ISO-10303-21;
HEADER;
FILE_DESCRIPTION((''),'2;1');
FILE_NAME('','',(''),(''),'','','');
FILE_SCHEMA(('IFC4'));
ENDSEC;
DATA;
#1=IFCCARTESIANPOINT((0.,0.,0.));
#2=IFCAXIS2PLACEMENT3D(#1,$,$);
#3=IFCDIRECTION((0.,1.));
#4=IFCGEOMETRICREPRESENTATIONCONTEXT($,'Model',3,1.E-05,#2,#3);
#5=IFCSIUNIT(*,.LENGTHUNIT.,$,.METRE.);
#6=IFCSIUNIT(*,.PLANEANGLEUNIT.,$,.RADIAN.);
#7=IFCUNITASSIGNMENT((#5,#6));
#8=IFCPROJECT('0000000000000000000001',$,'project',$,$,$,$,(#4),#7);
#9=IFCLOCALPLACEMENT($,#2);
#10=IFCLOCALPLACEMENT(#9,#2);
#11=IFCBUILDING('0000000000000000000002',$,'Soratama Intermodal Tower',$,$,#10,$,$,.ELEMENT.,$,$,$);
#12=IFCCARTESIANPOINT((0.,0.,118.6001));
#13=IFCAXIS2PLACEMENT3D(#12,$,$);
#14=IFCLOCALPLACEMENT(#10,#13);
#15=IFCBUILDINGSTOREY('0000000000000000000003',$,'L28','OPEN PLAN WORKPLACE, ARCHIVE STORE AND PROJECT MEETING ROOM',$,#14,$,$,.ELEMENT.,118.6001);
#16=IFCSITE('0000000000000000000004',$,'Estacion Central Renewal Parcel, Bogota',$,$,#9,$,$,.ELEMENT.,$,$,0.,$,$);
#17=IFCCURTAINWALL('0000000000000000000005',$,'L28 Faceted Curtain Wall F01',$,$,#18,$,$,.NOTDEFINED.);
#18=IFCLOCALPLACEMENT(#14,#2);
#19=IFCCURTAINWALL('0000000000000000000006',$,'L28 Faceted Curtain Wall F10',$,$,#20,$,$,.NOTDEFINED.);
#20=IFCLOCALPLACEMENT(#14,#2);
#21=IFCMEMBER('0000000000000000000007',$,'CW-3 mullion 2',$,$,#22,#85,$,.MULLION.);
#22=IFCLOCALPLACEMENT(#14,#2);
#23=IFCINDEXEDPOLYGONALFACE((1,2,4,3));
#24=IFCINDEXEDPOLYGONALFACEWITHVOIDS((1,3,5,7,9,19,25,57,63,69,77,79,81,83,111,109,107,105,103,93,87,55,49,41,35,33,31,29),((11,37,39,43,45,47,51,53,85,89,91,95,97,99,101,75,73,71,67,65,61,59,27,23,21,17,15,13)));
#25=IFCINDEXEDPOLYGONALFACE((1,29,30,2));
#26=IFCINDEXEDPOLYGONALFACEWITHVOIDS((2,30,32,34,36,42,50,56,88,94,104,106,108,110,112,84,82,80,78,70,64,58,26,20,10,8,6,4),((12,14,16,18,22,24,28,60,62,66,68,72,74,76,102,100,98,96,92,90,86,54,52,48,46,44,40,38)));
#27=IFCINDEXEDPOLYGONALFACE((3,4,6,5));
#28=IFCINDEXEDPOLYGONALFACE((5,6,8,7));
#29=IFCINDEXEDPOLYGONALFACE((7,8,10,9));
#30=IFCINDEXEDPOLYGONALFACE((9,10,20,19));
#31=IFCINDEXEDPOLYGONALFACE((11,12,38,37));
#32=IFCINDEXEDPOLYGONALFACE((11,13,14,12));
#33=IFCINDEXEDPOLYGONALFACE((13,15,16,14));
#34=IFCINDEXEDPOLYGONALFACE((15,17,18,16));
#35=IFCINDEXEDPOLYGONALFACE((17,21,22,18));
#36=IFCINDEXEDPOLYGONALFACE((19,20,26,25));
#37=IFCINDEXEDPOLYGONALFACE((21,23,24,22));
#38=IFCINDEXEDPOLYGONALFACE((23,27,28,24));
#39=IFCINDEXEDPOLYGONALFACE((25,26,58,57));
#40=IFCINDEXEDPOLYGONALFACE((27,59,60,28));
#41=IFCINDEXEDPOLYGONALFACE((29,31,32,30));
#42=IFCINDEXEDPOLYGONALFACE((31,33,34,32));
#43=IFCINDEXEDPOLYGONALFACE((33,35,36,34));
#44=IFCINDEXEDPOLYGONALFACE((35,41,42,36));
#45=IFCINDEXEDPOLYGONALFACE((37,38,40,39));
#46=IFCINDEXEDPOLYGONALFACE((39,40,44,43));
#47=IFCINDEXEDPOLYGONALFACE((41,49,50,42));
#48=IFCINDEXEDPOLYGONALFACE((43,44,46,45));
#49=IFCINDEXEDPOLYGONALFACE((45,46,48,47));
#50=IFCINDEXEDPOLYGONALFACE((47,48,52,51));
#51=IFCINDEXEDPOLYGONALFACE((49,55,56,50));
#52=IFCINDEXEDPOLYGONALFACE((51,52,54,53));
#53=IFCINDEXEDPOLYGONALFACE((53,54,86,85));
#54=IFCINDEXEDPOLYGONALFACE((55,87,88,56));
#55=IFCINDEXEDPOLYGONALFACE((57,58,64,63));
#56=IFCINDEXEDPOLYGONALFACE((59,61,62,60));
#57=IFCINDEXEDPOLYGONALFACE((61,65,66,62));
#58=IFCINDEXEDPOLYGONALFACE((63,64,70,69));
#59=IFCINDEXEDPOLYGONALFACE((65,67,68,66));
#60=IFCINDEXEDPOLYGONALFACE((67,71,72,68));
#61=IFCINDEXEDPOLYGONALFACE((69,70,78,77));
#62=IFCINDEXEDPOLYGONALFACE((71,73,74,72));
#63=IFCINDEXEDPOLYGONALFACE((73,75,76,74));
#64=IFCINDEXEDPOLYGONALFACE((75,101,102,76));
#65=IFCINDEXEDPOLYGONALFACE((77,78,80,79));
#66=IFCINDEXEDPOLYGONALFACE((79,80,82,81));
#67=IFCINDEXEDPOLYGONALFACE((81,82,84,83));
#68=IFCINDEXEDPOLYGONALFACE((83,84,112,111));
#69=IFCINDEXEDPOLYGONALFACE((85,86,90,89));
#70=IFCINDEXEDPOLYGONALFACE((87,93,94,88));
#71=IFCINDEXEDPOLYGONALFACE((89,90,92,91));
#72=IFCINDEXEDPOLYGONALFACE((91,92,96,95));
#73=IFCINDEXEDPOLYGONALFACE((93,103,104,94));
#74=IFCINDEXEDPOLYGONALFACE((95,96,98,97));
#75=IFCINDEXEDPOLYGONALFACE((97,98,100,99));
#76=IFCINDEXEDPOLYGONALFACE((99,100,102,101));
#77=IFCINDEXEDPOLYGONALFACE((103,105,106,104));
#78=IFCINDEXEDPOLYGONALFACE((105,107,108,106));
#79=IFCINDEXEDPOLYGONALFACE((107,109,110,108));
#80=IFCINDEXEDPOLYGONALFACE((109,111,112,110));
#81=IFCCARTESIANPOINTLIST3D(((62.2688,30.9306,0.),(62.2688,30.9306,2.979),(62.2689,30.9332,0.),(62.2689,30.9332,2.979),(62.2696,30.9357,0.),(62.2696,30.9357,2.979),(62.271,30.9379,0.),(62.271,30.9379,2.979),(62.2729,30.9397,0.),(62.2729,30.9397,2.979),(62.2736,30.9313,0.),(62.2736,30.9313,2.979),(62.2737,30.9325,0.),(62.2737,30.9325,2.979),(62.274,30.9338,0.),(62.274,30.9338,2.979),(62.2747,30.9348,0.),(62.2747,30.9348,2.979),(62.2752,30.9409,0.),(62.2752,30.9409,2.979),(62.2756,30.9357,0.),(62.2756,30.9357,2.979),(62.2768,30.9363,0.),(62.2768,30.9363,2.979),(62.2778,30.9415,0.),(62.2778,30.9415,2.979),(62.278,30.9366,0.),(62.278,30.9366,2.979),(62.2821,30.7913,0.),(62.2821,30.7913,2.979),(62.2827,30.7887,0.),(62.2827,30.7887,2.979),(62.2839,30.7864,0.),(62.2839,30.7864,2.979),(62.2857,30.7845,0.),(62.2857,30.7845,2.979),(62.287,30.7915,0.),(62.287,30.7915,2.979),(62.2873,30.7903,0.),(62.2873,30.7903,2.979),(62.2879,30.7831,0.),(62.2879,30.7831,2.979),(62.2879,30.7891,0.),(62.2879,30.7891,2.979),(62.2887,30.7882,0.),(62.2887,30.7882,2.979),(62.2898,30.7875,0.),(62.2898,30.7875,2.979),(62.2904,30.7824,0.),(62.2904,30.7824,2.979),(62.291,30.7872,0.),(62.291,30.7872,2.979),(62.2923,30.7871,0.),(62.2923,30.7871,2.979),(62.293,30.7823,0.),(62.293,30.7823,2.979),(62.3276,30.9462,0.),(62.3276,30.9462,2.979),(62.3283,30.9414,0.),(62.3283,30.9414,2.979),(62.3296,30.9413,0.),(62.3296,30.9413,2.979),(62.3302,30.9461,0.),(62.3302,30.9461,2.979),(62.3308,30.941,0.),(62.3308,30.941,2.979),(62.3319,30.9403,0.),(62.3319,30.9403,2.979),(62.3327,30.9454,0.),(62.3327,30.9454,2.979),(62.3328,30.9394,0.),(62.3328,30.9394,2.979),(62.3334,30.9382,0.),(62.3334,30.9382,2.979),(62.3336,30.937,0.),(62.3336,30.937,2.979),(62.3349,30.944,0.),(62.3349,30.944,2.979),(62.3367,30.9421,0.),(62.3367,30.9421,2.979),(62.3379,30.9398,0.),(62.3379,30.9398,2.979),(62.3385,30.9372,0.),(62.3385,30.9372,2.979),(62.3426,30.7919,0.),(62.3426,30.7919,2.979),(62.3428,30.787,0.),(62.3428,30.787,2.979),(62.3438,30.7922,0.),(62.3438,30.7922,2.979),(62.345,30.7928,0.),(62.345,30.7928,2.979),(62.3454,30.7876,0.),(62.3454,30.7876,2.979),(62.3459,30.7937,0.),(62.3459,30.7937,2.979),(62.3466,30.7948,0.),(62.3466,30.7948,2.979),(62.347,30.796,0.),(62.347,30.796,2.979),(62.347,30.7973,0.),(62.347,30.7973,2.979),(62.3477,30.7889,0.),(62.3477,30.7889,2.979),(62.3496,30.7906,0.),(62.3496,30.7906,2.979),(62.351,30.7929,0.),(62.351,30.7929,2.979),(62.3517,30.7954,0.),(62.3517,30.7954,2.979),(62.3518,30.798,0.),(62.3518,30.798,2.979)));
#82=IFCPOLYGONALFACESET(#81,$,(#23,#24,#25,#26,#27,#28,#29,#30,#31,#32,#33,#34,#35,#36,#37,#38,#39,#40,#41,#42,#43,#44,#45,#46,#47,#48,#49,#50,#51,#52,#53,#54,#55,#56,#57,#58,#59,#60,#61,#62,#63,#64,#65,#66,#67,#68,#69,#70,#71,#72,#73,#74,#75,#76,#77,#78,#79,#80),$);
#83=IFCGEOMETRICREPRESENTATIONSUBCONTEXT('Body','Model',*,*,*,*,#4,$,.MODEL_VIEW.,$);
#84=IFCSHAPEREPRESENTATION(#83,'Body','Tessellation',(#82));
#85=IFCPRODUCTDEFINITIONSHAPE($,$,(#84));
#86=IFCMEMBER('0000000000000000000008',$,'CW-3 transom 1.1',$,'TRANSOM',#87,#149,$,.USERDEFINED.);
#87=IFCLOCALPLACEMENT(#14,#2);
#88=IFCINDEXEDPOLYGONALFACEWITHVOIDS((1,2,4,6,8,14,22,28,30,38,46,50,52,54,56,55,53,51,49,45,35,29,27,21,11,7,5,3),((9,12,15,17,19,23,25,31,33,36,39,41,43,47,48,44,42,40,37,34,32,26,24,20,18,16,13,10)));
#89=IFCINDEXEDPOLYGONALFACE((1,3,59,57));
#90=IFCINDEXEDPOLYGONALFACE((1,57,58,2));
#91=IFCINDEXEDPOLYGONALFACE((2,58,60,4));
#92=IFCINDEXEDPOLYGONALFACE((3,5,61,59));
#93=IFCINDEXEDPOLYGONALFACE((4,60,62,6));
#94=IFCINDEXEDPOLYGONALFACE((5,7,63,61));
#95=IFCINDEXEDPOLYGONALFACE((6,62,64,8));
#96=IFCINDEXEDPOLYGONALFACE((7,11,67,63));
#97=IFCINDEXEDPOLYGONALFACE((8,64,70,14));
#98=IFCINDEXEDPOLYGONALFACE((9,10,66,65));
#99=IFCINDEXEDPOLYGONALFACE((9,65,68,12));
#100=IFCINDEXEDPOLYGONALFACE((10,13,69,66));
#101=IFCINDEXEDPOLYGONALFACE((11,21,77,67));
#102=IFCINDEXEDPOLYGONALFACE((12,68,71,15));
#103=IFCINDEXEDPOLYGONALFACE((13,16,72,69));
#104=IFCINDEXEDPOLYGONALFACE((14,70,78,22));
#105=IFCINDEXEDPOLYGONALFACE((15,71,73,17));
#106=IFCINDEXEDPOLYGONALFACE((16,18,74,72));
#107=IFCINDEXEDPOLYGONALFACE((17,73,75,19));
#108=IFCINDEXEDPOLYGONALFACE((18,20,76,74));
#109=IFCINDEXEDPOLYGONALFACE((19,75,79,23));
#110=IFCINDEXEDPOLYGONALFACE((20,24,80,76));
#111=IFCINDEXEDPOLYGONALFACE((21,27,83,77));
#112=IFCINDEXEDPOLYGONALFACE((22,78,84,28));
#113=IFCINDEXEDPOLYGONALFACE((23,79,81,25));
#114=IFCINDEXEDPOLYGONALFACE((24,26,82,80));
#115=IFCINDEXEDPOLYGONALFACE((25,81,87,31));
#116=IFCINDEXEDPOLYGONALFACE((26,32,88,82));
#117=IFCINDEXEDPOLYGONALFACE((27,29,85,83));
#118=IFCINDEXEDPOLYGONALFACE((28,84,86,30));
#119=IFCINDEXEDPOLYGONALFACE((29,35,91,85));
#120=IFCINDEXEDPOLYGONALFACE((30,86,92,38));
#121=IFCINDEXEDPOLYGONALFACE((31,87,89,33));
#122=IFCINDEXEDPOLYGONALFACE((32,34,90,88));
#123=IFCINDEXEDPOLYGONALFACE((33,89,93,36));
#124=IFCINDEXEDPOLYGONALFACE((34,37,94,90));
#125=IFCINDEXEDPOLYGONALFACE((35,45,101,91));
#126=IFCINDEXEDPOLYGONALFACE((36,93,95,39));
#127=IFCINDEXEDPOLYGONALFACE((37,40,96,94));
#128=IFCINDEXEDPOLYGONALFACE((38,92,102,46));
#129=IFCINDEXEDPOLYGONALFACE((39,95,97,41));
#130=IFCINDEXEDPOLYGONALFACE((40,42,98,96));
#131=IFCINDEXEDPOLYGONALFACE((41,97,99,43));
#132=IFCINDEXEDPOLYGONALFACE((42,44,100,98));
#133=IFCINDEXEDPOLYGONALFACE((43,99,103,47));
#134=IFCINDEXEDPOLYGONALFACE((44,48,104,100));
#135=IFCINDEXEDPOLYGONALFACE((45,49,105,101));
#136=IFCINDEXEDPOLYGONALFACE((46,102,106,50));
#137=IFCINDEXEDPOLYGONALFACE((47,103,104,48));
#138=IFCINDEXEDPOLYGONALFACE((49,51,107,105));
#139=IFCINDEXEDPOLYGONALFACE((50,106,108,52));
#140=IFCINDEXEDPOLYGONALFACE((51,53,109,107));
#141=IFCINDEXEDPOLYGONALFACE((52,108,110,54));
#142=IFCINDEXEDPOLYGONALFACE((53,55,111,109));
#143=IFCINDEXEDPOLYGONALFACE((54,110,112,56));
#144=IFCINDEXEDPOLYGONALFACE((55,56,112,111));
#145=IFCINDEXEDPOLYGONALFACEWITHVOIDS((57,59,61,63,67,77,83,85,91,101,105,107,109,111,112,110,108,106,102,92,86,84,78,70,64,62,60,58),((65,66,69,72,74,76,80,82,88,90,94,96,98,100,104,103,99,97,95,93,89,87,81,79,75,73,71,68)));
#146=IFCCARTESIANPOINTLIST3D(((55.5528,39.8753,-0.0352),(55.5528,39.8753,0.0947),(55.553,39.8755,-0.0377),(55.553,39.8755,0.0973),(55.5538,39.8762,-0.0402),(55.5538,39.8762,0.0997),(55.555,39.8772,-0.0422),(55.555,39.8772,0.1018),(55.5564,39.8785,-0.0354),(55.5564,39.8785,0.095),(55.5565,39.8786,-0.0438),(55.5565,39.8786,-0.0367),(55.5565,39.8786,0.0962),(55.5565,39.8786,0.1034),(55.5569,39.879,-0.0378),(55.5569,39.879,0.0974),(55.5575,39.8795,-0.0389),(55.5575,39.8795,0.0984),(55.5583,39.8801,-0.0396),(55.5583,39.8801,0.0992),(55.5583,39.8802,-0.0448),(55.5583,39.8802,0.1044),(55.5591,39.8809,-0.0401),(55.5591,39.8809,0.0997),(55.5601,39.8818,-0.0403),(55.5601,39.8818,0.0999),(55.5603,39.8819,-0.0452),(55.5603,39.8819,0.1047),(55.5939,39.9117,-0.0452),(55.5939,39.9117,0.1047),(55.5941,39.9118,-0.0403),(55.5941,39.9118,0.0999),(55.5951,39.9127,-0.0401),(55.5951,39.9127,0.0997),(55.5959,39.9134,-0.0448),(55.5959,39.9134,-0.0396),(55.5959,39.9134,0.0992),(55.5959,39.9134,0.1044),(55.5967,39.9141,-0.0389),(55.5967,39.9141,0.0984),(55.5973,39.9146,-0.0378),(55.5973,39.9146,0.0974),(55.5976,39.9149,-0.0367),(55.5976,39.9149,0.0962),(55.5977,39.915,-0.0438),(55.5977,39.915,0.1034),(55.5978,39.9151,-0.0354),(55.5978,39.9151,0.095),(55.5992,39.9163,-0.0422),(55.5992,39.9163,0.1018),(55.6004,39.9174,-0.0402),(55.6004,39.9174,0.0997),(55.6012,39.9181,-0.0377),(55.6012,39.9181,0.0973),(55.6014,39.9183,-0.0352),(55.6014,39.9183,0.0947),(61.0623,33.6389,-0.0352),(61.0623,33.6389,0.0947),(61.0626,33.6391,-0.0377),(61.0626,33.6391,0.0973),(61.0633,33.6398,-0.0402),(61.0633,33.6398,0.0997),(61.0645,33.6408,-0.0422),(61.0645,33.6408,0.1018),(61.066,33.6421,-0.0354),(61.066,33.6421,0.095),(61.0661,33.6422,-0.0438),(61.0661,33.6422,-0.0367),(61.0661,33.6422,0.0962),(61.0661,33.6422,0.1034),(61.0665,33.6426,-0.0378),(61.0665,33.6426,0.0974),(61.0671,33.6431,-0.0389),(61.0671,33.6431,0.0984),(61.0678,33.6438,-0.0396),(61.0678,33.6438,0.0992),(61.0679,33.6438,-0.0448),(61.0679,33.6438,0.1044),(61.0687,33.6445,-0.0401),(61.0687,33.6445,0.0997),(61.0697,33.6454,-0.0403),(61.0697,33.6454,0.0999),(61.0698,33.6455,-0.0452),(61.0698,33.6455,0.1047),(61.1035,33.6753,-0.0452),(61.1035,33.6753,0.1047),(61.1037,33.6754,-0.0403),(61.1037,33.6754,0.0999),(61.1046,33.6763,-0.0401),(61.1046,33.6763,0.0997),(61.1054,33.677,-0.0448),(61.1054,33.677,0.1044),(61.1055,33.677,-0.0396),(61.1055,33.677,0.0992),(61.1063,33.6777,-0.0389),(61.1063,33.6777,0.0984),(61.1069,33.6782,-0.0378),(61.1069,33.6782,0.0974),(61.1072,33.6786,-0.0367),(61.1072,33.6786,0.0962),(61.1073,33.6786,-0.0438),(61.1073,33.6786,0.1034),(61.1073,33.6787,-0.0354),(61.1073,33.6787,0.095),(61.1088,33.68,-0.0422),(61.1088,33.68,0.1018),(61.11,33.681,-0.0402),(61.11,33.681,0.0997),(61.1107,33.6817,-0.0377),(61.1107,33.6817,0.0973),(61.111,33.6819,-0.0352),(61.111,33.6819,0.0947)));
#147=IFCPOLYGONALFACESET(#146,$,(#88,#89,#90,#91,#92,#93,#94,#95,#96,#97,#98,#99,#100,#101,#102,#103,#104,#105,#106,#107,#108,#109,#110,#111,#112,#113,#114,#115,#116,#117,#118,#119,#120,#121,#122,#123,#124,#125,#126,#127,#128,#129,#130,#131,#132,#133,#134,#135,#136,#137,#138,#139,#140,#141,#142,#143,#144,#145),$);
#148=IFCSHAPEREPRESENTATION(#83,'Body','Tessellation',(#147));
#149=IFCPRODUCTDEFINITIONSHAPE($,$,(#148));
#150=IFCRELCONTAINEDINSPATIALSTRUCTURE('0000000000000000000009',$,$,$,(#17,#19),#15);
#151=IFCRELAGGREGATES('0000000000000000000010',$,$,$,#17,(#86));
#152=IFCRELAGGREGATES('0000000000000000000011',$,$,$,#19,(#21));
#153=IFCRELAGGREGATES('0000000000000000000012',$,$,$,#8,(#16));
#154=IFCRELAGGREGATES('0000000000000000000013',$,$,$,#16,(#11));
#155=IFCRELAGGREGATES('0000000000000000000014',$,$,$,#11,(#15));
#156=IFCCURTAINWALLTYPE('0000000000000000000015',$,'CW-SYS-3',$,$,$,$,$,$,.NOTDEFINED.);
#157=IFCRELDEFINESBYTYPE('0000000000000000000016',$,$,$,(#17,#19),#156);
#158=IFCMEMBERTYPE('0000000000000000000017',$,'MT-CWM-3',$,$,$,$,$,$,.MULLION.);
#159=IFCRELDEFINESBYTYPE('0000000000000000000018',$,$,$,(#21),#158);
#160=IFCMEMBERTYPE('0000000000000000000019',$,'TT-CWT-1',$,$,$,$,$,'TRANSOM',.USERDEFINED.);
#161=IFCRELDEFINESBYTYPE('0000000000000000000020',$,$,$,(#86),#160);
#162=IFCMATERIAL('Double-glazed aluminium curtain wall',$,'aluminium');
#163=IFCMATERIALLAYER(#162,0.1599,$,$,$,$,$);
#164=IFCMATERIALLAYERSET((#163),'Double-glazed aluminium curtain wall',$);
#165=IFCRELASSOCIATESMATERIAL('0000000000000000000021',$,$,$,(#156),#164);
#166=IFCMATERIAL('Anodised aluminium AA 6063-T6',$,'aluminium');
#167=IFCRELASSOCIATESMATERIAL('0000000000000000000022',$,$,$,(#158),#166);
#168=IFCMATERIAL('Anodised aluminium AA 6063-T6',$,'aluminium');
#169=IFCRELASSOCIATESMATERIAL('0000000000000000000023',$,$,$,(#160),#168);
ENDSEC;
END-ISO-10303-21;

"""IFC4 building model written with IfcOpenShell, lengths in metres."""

from ifc_helpers import new_model, si_unit, direction, frame, origin, origin_2d, place, context, subcontext, project, spatial, hollow_rectangle, extrude, material, layer, layer_set, material_profile, profile_set, type_object, element, aggregate, save


model = new_model("IFC4")

# Units and contexts
model_context = context("Model", 3, precision=1e-05, world=origin(), true_north=direction((0.0, 1.0)))
body_context = subcontext(model_context, "Body", "Model", "MODEL_VIEW")
ifc_project = project(units=[si_unit("LENGTHUNIT", "METRE"), si_unit("PLANEANGLEUNIT", "RADIAN")], contexts=[model_context])

# Site, building, storey
site_placement = place(None, origin())
site = spatial("IfcSite", under=ifc_project, at=site_placement, Name="Estacion Central Renewal Parcel, Bogota", CompositionType="ELEMENT", RefElevation=0.0)
building_placement = place(site_placement, origin())
building = spatial("IfcBuilding", under=site, at=building_placement, Name="Soratama Intermodal Tower", CompositionType="ELEMENT")
storey_placement = place(building_placement, frame((0.0, 0.0, 118.6001)))
storey = spatial("IfcBuildingStorey", under=building, at=storey_placement, Name="L28", Description="OPEN PLAN WORKPLACE, ARCHIVE STORE AND PROJECT MEETING ROOM", CompositionType="ELEMENT", Elevation=118.6001)

# Curtain walls, member
ifc_material_1 = material(Name="Double-glazed aluminium curtain wall", Category="aluminium")
ifc_layer_1 = layer(ifc_material_1, 0.1599)
ifc_layer_set_1 = layer_set([ifc_layer_1], Name="Double-glazed aluminium curtain wall")
curtain_wall_type = type_object("IfcCurtainWallType", Name="CW-SYS-3", PredefinedType="NOTDEFINED", material=ifc_layer_set_1)
curtain_wall_1_placement = place(storey_placement, origin())
curtain_wall_1 = element("IfcCurtainWall", 1, at=curtain_wall_1_placement, inside=storey, type_object=curtain_wall_type, Name="L28 Faceted Curtain Wall F01", PredefinedType="NOTDEFINED")
ifc_material_2 = material(Name="Anodised aluminium AA 6063-T6", Category="aluminium")
ifc_material_profile_1 = material_profile(ifc_material_2, hollow_rectangle(XDim=0.0701, YDim=0.1599, WallThickness=0.0049, InnerFilletRadius=0.0049, OuterFilletRadius=0.01, at=origin_2d()), Name="CWM160X70X5")
ifc_profile_set_1 = profile_set([ifc_material_profile_1], Name="Anodised aluminium AA 6063-T6")
member_type_1 = type_object("IfcMemberType", Name="MT-CWM-3", PredefinedType="MULLION", material=ifc_profile_set_1)
curtain_wall_2_placement = place(storey_placement, origin())
curtain_wall_2 = element("IfcCurtainWall", 2, at=curtain_wall_2_placement, inside=storey, type_object=curtain_wall_type, Name="L28 Faceted Curtain Wall F10", PredefinedType="NOTDEFINED")
member_1_placement = place(storey_placement, frame((62.3103, 30.8643, 0.0), z_axis=(0.0, 0.0, 1.0), x_axis=(-0.995463, -0.095151, 0.0)))
member_1 = element("IfcMember", 3, at=member_1_placement, type_object=member_type_1, Name="CW-3 mullion 2", PredefinedType="MULLION", context=body_context, shape_type="SweptSolid", body=[
    extrude(hollow_rectangle(XDim=0.0701, YDim=0.1599, WallThickness=0.0049, InnerFilletRadius=0.0049, OuterFilletRadius=0.01, at=origin_2d()), origin(), (0.0, 0.0, 1.0), 2.979),
])

# Member
ifc_material_3 = material(Name="Anodised aluminium AA 6063-T6", Category="aluminium")
ifc_material_profile_2 = material_profile(ifc_material_3, hollow_rectangle(XDim=0.0649, YDim=0.1499, WallThickness=0.0049, InnerFilletRadius=0.0049, OuterFilletRadius=0.01, at=origin_2d()), Name="CWT150X65X5")
ifc_profile_set_2 = profile_set([ifc_material_profile_2], Name="Anodised aluminium AA 6063-T6")
member_type_2 = type_object("IfcMemberType", Name="TT-CWT-1", ElementType="TRANSOM", PredefinedType="USERDEFINED", material=ifc_profile_set_2)
member_2_placement = place(storey_placement, frame((61.0867, 33.6604, 0.0298), z_axis=(-0.662086, 0.749428, 0.0), x_axis=(-0.749428, -0.662086, 0.0)))
member_2 = element("IfcMember", 4, at=member_2_placement, type_object=member_type_2, Name="CW-3 transom 1.1", ObjectType="TRANSOM", PredefinedType="USERDEFINED", context=body_context, shape_type="SweptSolid", body=[
    extrude(hollow_rectangle(XDim=0.0649, YDim=0.1499, WallThickness=0.0049, InnerFilletRadius=0.0049, OuterFilletRadius=0.01, at=origin_2d()), origin(), (0.0, 0.0, 1.0), 8.3215),
])
aggregate(curtain_wall_1, [member_2])

aggregate(curtain_wall_2, [member_1])

save(model, "model.ifc")
